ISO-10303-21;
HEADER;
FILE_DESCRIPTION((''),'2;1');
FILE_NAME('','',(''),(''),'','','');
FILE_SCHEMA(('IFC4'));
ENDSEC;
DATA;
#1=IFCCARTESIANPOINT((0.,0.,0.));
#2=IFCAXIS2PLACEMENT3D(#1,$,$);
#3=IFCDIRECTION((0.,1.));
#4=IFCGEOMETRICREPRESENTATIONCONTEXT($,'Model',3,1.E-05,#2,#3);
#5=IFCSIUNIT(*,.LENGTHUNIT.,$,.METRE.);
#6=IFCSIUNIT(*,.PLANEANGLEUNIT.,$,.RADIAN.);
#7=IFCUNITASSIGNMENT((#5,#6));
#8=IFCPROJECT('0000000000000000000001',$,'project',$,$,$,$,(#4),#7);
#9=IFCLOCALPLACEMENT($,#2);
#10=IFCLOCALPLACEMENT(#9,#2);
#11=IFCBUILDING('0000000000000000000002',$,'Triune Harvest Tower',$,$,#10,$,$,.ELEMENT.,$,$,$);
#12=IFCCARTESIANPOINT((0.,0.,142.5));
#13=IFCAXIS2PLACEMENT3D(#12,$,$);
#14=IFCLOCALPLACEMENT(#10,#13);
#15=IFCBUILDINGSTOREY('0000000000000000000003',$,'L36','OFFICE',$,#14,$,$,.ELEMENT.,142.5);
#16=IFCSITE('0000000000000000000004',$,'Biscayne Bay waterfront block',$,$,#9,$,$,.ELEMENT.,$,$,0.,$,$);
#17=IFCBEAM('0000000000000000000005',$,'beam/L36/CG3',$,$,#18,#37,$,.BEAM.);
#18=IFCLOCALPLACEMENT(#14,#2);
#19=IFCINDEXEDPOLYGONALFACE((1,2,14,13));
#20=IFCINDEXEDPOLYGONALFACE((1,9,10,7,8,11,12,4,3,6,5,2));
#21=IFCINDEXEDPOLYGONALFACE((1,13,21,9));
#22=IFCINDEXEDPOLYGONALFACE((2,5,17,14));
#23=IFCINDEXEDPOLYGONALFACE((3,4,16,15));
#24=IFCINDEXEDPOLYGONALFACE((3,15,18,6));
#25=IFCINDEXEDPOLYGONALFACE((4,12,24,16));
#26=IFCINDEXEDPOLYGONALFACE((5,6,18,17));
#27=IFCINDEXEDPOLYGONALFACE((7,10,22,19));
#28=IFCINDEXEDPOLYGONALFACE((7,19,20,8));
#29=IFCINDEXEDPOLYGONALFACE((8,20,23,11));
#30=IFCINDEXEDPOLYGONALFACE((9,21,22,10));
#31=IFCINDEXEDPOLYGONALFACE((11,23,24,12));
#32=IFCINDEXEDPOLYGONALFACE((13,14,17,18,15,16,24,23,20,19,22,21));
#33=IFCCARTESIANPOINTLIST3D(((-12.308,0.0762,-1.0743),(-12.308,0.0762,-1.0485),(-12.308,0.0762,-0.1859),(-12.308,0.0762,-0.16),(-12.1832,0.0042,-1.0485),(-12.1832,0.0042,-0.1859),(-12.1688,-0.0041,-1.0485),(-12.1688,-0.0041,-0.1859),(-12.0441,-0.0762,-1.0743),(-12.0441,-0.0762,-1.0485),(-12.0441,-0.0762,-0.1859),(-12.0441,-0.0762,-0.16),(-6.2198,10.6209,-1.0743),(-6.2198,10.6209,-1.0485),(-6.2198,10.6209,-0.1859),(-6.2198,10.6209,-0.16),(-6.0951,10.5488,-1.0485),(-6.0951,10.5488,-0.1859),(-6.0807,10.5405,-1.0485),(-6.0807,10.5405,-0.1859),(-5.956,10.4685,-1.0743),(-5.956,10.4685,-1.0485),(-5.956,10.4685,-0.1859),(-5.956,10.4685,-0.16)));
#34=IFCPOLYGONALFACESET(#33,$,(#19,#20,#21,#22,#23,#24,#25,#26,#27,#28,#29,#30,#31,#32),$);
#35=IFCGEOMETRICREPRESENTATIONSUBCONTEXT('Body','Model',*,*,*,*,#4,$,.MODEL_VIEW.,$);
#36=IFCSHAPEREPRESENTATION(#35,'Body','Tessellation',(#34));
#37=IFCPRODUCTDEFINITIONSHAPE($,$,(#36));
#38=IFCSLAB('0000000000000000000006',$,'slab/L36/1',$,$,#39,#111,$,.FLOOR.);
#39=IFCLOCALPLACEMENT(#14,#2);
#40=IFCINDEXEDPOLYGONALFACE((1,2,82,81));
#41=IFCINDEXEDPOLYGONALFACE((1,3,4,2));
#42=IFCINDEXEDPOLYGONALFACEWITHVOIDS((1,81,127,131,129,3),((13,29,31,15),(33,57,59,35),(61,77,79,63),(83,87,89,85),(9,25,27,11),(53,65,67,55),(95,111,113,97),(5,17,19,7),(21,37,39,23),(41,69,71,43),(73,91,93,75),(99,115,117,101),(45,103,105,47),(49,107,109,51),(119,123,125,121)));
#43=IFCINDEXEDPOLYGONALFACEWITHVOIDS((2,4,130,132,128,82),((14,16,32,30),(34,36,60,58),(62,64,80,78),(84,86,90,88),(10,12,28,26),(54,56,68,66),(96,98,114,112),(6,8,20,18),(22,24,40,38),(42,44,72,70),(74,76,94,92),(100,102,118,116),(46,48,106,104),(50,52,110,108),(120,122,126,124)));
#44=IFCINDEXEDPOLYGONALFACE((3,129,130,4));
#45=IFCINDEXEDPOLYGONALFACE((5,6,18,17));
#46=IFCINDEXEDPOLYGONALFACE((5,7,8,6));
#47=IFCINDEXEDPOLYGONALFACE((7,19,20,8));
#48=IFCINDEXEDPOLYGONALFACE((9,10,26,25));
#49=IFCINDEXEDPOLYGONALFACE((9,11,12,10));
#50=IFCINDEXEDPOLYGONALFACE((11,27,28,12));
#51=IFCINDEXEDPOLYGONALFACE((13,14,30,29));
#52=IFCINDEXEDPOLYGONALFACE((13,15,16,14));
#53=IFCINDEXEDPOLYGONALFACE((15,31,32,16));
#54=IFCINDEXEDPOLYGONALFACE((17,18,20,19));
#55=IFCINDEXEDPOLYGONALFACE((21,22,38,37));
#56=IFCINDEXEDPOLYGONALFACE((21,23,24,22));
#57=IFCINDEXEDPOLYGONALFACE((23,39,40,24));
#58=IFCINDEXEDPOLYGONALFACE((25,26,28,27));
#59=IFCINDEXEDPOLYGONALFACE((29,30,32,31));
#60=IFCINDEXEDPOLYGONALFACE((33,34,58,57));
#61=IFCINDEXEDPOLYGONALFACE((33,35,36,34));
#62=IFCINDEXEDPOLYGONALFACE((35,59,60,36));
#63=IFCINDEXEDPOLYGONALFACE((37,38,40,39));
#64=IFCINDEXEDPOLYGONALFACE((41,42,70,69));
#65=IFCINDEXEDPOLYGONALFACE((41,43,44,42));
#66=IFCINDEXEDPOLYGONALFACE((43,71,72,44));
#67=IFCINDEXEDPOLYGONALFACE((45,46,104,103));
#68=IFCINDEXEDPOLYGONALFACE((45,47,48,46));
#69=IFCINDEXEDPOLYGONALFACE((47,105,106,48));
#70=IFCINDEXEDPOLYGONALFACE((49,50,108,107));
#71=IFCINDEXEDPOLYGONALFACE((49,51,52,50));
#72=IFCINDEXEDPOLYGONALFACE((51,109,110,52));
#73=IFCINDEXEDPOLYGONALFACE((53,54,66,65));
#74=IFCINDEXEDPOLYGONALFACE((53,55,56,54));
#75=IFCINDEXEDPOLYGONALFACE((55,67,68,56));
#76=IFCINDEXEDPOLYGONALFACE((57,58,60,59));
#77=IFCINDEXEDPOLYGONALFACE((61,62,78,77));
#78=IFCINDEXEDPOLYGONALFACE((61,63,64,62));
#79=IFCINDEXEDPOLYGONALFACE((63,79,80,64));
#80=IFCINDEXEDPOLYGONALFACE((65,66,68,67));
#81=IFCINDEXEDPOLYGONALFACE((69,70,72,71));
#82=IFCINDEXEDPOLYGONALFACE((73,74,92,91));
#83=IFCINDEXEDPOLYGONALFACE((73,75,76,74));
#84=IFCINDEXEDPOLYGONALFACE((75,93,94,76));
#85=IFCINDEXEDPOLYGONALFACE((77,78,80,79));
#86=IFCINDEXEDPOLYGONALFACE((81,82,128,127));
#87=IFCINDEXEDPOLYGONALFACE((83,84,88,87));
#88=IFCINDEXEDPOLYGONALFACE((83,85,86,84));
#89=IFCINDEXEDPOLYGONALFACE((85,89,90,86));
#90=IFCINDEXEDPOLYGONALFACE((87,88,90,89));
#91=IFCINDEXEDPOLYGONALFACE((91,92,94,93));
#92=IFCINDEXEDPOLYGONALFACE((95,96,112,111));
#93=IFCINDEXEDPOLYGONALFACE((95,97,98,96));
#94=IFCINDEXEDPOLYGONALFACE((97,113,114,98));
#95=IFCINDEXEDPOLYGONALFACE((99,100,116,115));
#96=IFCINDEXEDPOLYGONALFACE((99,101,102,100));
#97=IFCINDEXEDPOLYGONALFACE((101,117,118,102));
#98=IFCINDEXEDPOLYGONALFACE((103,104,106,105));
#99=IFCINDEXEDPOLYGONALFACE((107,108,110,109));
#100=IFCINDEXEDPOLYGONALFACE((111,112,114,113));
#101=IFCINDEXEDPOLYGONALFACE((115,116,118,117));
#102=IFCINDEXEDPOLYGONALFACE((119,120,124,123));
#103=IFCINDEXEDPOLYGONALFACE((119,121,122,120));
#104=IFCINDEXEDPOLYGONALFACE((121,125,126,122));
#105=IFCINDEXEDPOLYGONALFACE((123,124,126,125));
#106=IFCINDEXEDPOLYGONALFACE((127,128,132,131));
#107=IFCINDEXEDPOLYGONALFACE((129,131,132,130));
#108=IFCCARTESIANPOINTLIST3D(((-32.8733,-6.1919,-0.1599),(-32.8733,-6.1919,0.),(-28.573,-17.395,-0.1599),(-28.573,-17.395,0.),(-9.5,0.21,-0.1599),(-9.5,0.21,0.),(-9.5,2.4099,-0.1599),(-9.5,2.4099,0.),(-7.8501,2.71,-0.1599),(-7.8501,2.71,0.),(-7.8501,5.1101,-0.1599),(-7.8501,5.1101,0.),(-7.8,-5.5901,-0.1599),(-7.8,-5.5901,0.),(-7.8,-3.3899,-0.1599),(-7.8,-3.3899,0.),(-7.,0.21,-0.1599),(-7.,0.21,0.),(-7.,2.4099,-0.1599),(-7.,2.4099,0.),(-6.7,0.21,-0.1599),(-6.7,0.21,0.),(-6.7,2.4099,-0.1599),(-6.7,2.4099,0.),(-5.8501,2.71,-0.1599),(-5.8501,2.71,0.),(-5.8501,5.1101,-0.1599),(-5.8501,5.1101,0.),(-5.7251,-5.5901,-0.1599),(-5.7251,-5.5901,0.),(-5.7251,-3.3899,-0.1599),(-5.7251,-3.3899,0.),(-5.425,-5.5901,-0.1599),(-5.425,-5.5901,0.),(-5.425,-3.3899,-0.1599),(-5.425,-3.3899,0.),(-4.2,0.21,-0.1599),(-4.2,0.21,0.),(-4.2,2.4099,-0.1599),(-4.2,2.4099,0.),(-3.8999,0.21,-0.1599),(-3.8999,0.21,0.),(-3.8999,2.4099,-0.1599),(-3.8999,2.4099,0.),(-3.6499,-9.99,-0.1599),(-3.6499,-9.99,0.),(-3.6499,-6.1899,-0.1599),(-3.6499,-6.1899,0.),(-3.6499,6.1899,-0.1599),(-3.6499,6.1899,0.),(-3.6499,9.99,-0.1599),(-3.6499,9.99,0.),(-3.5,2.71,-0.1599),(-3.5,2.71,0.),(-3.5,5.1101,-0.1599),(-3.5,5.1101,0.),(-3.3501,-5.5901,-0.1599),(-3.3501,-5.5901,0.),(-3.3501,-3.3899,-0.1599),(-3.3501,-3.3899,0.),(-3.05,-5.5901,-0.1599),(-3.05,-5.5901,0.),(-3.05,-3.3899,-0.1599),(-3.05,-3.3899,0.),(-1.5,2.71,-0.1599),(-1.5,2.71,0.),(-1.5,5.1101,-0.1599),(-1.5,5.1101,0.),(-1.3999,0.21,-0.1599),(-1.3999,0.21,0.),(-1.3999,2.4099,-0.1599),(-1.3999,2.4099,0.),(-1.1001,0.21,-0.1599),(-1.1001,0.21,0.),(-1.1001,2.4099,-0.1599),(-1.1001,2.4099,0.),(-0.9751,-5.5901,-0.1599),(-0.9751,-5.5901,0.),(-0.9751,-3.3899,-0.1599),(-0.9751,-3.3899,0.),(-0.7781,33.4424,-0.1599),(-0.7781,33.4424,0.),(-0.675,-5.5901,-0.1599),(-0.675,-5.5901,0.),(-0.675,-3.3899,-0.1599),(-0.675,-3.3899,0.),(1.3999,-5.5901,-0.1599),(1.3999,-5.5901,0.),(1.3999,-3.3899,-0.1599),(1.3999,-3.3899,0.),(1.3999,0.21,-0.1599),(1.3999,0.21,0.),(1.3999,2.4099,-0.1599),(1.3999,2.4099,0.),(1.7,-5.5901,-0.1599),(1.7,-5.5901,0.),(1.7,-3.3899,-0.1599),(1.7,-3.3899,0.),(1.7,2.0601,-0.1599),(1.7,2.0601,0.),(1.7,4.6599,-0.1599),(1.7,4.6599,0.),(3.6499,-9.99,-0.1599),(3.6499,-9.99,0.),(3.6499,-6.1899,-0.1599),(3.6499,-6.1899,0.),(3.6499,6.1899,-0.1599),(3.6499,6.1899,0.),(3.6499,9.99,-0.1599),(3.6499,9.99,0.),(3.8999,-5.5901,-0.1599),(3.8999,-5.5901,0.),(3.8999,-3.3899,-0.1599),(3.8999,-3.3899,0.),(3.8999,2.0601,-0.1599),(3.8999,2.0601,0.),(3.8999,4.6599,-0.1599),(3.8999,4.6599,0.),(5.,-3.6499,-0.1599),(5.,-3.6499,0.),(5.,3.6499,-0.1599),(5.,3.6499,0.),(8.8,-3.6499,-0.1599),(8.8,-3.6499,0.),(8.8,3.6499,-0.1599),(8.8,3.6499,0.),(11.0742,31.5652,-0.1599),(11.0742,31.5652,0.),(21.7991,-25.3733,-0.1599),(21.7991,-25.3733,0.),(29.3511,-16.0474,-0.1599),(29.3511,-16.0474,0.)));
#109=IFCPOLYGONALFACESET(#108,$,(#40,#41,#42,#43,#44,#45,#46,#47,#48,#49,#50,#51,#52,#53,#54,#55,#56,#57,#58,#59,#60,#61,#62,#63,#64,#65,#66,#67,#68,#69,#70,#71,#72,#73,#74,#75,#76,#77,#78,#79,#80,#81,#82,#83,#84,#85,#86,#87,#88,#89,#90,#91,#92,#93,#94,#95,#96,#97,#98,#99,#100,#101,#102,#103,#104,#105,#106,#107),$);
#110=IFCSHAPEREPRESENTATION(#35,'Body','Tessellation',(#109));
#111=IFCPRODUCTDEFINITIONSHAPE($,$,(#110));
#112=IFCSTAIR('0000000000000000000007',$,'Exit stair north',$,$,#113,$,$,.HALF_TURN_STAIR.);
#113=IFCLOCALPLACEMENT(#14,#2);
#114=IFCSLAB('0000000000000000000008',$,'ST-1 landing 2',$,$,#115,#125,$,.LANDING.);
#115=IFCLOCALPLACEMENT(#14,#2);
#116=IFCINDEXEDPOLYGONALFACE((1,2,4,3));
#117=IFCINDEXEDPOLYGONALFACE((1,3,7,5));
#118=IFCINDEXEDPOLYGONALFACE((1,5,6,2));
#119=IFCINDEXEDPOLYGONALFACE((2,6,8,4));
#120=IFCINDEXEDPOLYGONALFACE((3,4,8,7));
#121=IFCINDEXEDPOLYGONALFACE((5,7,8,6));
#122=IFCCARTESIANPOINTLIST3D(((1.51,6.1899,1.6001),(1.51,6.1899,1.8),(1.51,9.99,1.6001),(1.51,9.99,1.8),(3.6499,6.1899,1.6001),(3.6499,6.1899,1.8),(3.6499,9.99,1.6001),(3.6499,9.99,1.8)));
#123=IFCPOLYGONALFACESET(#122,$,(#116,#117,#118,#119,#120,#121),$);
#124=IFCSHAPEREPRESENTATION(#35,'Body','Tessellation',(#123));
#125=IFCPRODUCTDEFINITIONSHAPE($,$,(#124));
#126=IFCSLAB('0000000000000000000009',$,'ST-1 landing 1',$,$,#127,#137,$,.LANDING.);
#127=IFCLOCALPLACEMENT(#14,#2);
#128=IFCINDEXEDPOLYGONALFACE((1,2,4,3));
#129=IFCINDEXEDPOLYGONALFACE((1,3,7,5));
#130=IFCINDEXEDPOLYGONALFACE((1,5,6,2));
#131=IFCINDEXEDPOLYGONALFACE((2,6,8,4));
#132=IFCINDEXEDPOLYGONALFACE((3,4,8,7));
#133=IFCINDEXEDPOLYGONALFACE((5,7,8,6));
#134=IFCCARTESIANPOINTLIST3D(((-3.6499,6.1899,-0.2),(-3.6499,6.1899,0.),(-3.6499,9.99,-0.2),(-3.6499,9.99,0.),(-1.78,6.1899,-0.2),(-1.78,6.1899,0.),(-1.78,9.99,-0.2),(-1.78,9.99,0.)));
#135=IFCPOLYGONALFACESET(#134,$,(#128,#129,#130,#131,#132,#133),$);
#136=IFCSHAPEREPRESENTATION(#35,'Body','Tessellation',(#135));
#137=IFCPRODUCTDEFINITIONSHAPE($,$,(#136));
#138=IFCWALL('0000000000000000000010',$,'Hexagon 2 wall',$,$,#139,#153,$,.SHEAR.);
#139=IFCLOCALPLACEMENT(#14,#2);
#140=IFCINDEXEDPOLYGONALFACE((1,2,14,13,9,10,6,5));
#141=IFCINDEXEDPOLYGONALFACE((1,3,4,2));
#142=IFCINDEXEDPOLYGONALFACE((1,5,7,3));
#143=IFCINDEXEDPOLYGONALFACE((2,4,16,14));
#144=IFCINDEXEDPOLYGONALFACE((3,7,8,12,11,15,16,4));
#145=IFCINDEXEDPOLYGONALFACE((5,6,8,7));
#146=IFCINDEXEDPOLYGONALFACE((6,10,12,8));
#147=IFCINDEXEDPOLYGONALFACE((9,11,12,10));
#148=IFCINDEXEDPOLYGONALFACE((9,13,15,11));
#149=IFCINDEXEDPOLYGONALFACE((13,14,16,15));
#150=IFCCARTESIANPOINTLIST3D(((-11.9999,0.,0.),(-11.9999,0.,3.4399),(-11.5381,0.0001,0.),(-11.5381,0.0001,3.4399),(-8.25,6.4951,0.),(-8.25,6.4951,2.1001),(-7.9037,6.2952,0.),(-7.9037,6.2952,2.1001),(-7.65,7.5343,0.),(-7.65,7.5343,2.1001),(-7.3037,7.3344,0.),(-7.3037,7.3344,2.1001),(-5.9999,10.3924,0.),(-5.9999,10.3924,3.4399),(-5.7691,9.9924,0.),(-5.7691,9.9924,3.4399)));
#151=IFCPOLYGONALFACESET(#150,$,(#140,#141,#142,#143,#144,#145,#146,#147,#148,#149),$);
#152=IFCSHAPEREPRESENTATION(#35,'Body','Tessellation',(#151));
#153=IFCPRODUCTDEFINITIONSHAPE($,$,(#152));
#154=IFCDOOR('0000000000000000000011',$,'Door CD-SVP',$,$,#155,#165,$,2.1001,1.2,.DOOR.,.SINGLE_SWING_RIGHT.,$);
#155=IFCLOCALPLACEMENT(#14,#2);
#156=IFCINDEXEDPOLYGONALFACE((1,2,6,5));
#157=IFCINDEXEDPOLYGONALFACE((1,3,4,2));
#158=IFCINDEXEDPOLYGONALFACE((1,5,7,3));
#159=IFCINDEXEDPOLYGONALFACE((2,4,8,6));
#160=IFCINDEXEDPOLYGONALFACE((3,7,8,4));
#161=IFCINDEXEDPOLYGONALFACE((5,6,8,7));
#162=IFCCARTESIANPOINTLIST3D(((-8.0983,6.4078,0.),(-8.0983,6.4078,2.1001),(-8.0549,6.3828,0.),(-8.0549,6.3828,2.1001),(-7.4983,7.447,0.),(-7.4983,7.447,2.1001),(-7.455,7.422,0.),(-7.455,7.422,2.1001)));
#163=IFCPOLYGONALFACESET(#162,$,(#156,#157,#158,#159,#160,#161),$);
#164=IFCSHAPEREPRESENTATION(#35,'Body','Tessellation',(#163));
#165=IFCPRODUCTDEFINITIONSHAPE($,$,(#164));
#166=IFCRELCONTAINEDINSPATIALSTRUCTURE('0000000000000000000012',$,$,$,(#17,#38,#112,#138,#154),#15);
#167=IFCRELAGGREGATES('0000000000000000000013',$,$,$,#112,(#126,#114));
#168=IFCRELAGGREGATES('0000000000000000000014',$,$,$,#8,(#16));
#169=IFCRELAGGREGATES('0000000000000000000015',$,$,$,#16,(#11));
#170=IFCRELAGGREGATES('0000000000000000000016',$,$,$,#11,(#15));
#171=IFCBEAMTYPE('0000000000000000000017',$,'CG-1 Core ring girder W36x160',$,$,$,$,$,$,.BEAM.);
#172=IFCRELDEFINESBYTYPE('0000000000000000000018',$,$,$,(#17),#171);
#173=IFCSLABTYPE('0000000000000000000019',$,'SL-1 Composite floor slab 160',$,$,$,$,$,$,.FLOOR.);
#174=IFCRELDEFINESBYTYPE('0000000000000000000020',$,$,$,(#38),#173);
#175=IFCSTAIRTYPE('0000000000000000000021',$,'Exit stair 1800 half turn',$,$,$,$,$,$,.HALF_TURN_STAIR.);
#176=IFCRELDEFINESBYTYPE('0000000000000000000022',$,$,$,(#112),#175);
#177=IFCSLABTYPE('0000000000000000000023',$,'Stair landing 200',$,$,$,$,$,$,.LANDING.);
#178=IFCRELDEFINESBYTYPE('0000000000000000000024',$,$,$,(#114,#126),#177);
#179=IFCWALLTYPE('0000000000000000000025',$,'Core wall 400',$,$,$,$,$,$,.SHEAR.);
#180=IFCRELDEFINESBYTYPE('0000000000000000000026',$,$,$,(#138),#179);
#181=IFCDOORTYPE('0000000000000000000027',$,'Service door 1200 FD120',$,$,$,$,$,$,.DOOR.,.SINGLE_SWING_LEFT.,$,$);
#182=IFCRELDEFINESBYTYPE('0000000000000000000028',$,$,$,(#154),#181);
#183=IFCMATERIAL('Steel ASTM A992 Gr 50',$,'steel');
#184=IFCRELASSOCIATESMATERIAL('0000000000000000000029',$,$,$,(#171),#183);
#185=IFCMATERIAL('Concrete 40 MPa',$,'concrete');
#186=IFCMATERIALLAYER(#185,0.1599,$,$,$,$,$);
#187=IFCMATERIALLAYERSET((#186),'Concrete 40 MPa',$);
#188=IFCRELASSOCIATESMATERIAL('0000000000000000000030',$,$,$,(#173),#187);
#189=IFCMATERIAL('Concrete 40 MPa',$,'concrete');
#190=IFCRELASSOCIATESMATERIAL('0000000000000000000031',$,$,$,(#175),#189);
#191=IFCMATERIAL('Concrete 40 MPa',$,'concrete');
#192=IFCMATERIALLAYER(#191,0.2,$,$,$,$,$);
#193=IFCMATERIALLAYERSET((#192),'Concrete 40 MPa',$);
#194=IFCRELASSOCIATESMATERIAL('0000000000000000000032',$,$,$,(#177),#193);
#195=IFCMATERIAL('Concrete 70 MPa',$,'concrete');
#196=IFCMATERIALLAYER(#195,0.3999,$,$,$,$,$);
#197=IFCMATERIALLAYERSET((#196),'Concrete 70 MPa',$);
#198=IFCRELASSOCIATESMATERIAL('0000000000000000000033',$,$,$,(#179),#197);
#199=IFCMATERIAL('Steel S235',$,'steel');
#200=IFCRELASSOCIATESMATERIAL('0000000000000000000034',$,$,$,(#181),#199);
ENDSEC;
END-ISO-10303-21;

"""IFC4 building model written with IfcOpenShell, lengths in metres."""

from ifc_helpers import new_model, si_unit, direction, frame, frame_2d, origin, origin_2d, place, context, subcontext, project, spatial, polyline, rectangle, i_section, outline, extrude, source, transform, mapped, material, layer, layer_set, material_profile, profile_set, type_object, element, fill, aggregate, save


model = new_model("IFC4")

# Units and contexts
model_context = context("Model", 3, precision=1e-05, world=origin(), true_north=direction((0.0, 1.0)))
body_context = subcontext(model_context, "Body", "Model", "MODEL_VIEW")
ifc_project = project(units=[si_unit("LENGTHUNIT", "METRE"), si_unit("PLANEANGLEUNIT", "RADIAN")], contexts=[model_context])

# Site, building, storey
site_placement = place(None, origin())
site = spatial("IfcSite", under=ifc_project, at=site_placement, Name="Biscayne Bay waterfront block", CompositionType="ELEMENT", RefElevation=0.0)
building_placement = place(site_placement, origin())
building = spatial("IfcBuilding", under=site, at=building_placement, Name="Triune Harvest Tower", CompositionType="ELEMENT")
storey_placement = place(building_placement, frame((0.0, 0.0, 142.5)))
storey = spatial("IfcBuildingStorey", under=building, at=storey_placement, Name="L36", Description="OFFICE", CompositionType="ELEMENT", Elevation=142.5)

# Beam
ifc_material_1 = material(Name="Steel ASTM A992 Gr 50", Category="steel")
ifc_material_profile = material_profile(ifc_material_1, i_section(OverallWidth=0.3047, OverallDepth=0.9143, WebThickness=0.0166, FlangeThickness=0.0259, at=origin_2d()), Name="W36x160")
ifc_profile_set = profile_set([ifc_material_profile], Name="Steel ASTM A992 Gr 50")
beam_type = type_object("IfcBeamType", Name="CG-1 Core ring girder W36x160", PredefinedType="BEAM", material=ifc_profile_set)
shared_shape_1 = source(origin(), body_context, "Body", "SweptSolid", [
    extrude(i_section(OverallWidth=0.3047, OverallDepth=0.9143, WebThickness=0.0166, FlangeThickness=0.0259, at=origin_2d()), origin(), (0.0, 0.0, 1.0), 12.176),
])
beam_placement = place(storey_placement, frame((-6.0879, 10.5447, -0.6172), z_axis=(-0.50001, -0.86602, 0.0), x_axis=(0.86602, -0.50001, 0.0)))
element("IfcBeam", 1, at=beam_placement, inside=storey, type_object=beam_type, Name="beam/L36/CG3", PredefinedType="BEAM", context=body_context, shape_type="MappedRepresentation", body=[
    mapped(shared_shape_1, transform((0.0, 0.0, 0.0), scale=1.0)),
])

# Slab
ifc_material_2 = material(Name="Concrete 40 MPa", Category="concrete")
ifc_layer_1 = layer(ifc_material_2, 0.1599)
ifc_layer_set_1 = layer_set([ifc_layer_1], Name="Concrete 40 MPa")
slab_type_1 = type_object("IfcSlabType", Name="SL-1 Composite floor slab 160", PredefinedType="FLOOR", material=ifc_layer_set_1)
slab_1_placement = place(storey_placement, frame((0.0, 0.0, -0.1599)))
element("IfcSlab", 2, at=slab_1_placement, inside=storey, type_object=slab_type_1, Name="slab/L36/1", PredefinedType="FLOOR", context=body_context, shape_type="SweptSolid", body=[
    extrude(outline(polyline([(29.3511, -16.0474), (11.0742, 31.5652), (-0.7781, 33.4424), (-32.8733, -6.1919), (-28.573, -17.395), (21.7991, -25.3733), (29.3511, -16.0474)]), holes=[polyline([(-7.0, 0.21), (-7.0, 2.4099), (-9.5, 2.4099), (-9.5, 0.21), (-7.0, 0.21)]), polyline([(-4.2, 0.21), (-4.2, 2.4099), (-6.7, 2.4099), (-6.7, 0.21), (-4.2, 0.21)]), polyline([(-1.3999, 0.21), (-1.3999, 2.4099), (-3.8999, 2.4099), (-3.8999, 0.21), (-1.3999, 0.21)]), polyline([(1.3999, 0.21), (1.3999, 2.4099), (-1.1001, 2.4099), (-1.1001, 0.21), (1.3999, 0.21)]), polyline([(-5.7251, -5.5901), (-5.7251, -3.3899), (-7.8, -3.3899), (-7.8, -5.5901), (-5.7251, -5.5901)]), polyline([(-3.3501, -5.5901), (-3.3501, -3.3899), (-5.425, -3.3899), (-5.425, -5.5901), (-3.3501, -5.5901)]), polyline([(-0.9751, -5.5901), (-0.9751, -3.3899), (-3.05, -3.3899), (-3.05, -5.5901), (-0.9751, -5.5901)]), polyline([(1.3999, -5.5901), (1.3999, -3.3899), (-0.675, -3.3899), (-0.675, -5.5901), (1.3999, -5.5901)]), polyline([(3.8999, 2.0601), (3.8999, 4.6599), (1.7, 4.6599), (1.7, 2.0601), (3.8999, 2.0601)]), polyline([(3.8999, -5.5901), (3.8999, -3.3899), (1.7, -3.3899), (1.7, -5.5901), (3.8999, -5.5901)]), polyline([(-5.8501, 2.71), (-5.8501, 5.1101), (-7.8501, 5.1101), (-7.8501, 2.71), (-5.8501, 2.71)]), polyline([(-1.5, 2.71), (-1.5, 5.1101), (-3.5, 5.1101), (-3.5, 2.71), (-1.5, 2.71)]), polyline([(3.6499, 6.1899), (3.6499, 9.99), (-3.6499, 9.99), (-3.6499, 6.1899), (3.6499, 6.1899)]), polyline([(3.6499, -9.99), (3.6499, -6.1899), (-3.6499, -6.1899), (-3.6499, -9.99), (3.6499, -9.99)]), polyline([(8.8, -3.6499), (8.8, 3.6499), (5.0, 3.6499), (5.0, -3.6499), (8.8, -3.6499)])]), origin(), (0.0, 0.0, 1.0), 0.1599),
])

# Stair, slabs
ifc_material_3 = material(Name="Concrete 40 MPa", Category="concrete")
stair_type = type_object("IfcStairType", Name="Exit stair 1800 half turn", PredefinedType="HALF_TURN_STAIR", material=ifc_material_3)
stair_placement = place(storey_placement, origin())
stair = element("IfcStair", 3, at=stair_placement, inside=storey, type_object=stair_type, Name="Exit stair north", PredefinedType="HALF_TURN_STAIR")
ifc_material_4 = material(Name="Concrete 40 MPa", Category="concrete")
ifc_layer_2 = layer(ifc_material_4, 0.2)
ifc_layer_set_2 = layer_set([ifc_layer_2], Name="Concrete 40 MPa")
slab_type_2 = type_object("IfcSlabType", Name="Stair landing 200", PredefinedType="LANDING", material=ifc_layer_set_2)
shared_shape_2 = source(origin(), body_context, "Body", "SweptSolid", [
    extrude(outline(polyline([(1.51, 6.1899), (3.6499, 6.1899), (3.6499, 9.99), (1.51, 9.99), (1.51, 6.1899)])), origin(), (0.0, 0.0, 1.0), 0.2),
])
slab_2_placement = place(storey_placement, frame((0.0, 0.0, 1.6001)))
slab_2 = element("IfcSlab", 4, at=slab_2_placement, type_object=slab_type_2, Name="ST-1 landing 2", PredefinedType="LANDING", context=body_context, shape_type="MappedRepresentation", body=[
    mapped(shared_shape_2, transform((0.0, 0.0, 0.0), scale=1.0)),
])
shared_shape_3 = source(origin(), body_context, "Body", "SweptSolid", [
    extrude(outline(polyline([(-3.6499, 6.1899), (-1.78, 6.1899), (-1.78, 9.99), (-3.6499, 9.99), (-3.6499, 6.1899)])), origin(), (0.0, 0.0, 1.0), 0.2),
])
slab_3_placement = place(storey_placement, frame((0.0, 0.0, -0.2)))
slab_3 = element("IfcSlab", 5, at=slab_3_placement, type_object=slab_type_2, Name="ST-1 landing 1", PredefinedType="LANDING", context=body_context, shape_type="MappedRepresentation", body=[
    mapped(shared_shape_3, transform((0.0, 0.0, 0.0), scale=1.0)),
])

# Wall, opening, door
ifc_material_5 = material(Name="Concrete 70 MPa", Category="concrete")
ifc_layer_3 = layer(ifc_material_5, 0.3999)
ifc_layer_set_3 = layer_set([ifc_layer_3], Name="Concrete 70 MPa")
wall_type_1 = type_object("IfcWallType", Name="Core wall 400", PredefinedType="SHEAR", material=ifc_layer_set_3)
shared_shape_4 = source(origin(), body_context, "Body", "SweptSolid", [
    extrude(outline(polyline([(-0.1155, -0.2), (11.8845, -0.2), (11.6536, 0.2), (0.1155, 0.2), (-0.1155, -0.2)])), origin(), (0.0, 0.0, 1.0), 3.4399),
])
wall_1_placement = place(storey_placement, frame((-5.8845, 10.1924, 0.0), z_axis=(0.0, 0.0, 1.0), x_axis=(-0.499997, -0.866027, 0.0)))
wall_1 = element("IfcWall", 6, at=wall_1_placement, inside=storey, type_object=wall_type_1, Name="Hexagon 2 wall", PredefinedType="SHEAR", context=body_context, shape_type="MappedRepresentation", body=[
    mapped(shared_shape_4, transform((0.0, 0.0, 0.0), scale=1.0)),
])
opening_1_placement = place(wall_1_placement, frame((3.1846, 0.0, 0.0)))
opening_1 = element("IfcOpeningElement", 7, at=opening_1_placement, cuts=wall_1, PredefinedType="OPENING", context=body_context, shape_type="SweptSolid", body=[
    extrude(rectangle(XDim=1.2, YDim=2.1001, at=frame_2d((0.6001, 1.05))), frame((0.0, 0.21, 0.0), z_axis=(0.0, -1.0, 0.0), x_axis=(1.0, 0.0, 0.0)), (0.0, 0.0, 1.0), 0.4199),
])
ifc_material_6 = material(Name="Steel S235", Category="steel")
door_type_1 = type_object("IfcDoorType", Name="Service door 1200 FD120", OperationType="SINGLE_SWING_LEFT", PredefinedType="DOOR", material=ifc_material_6)
door_1_placement = place(opening_1_placement, frame((1.2, 0.0, 0.0), z_axis=(0.0, 0.0, 1.0), x_axis=(-1.0, 0.0, 0.0)))
door_1 = element("IfcDoor", 8, at=door_1_placement, inside=storey, type_object=door_type_1, Name="Door CD-SVP", OperationType="SINGLE_SWING_RIGHT", OverallHeight=2.1001, OverallWidth=1.2, PredefinedType="DOOR", context=body_context, shape_type="SweptSolid", body=[
    extrude(rectangle(XDim=1.2, YDim=2.1001, at=frame_2d((0.6001, 1.05))), frame((0.0, 0.0249, 0.0), z_axis=(0.0, -1.0, 0.0), x_axis=(1.0, 0.0, 0.0)), (0.0, 0.0, 1.0), 0.05),
])
fill(opening_1, door_1)

aggregate(stair, [slab_3, slab_2])

save(model, "model.ifc")
